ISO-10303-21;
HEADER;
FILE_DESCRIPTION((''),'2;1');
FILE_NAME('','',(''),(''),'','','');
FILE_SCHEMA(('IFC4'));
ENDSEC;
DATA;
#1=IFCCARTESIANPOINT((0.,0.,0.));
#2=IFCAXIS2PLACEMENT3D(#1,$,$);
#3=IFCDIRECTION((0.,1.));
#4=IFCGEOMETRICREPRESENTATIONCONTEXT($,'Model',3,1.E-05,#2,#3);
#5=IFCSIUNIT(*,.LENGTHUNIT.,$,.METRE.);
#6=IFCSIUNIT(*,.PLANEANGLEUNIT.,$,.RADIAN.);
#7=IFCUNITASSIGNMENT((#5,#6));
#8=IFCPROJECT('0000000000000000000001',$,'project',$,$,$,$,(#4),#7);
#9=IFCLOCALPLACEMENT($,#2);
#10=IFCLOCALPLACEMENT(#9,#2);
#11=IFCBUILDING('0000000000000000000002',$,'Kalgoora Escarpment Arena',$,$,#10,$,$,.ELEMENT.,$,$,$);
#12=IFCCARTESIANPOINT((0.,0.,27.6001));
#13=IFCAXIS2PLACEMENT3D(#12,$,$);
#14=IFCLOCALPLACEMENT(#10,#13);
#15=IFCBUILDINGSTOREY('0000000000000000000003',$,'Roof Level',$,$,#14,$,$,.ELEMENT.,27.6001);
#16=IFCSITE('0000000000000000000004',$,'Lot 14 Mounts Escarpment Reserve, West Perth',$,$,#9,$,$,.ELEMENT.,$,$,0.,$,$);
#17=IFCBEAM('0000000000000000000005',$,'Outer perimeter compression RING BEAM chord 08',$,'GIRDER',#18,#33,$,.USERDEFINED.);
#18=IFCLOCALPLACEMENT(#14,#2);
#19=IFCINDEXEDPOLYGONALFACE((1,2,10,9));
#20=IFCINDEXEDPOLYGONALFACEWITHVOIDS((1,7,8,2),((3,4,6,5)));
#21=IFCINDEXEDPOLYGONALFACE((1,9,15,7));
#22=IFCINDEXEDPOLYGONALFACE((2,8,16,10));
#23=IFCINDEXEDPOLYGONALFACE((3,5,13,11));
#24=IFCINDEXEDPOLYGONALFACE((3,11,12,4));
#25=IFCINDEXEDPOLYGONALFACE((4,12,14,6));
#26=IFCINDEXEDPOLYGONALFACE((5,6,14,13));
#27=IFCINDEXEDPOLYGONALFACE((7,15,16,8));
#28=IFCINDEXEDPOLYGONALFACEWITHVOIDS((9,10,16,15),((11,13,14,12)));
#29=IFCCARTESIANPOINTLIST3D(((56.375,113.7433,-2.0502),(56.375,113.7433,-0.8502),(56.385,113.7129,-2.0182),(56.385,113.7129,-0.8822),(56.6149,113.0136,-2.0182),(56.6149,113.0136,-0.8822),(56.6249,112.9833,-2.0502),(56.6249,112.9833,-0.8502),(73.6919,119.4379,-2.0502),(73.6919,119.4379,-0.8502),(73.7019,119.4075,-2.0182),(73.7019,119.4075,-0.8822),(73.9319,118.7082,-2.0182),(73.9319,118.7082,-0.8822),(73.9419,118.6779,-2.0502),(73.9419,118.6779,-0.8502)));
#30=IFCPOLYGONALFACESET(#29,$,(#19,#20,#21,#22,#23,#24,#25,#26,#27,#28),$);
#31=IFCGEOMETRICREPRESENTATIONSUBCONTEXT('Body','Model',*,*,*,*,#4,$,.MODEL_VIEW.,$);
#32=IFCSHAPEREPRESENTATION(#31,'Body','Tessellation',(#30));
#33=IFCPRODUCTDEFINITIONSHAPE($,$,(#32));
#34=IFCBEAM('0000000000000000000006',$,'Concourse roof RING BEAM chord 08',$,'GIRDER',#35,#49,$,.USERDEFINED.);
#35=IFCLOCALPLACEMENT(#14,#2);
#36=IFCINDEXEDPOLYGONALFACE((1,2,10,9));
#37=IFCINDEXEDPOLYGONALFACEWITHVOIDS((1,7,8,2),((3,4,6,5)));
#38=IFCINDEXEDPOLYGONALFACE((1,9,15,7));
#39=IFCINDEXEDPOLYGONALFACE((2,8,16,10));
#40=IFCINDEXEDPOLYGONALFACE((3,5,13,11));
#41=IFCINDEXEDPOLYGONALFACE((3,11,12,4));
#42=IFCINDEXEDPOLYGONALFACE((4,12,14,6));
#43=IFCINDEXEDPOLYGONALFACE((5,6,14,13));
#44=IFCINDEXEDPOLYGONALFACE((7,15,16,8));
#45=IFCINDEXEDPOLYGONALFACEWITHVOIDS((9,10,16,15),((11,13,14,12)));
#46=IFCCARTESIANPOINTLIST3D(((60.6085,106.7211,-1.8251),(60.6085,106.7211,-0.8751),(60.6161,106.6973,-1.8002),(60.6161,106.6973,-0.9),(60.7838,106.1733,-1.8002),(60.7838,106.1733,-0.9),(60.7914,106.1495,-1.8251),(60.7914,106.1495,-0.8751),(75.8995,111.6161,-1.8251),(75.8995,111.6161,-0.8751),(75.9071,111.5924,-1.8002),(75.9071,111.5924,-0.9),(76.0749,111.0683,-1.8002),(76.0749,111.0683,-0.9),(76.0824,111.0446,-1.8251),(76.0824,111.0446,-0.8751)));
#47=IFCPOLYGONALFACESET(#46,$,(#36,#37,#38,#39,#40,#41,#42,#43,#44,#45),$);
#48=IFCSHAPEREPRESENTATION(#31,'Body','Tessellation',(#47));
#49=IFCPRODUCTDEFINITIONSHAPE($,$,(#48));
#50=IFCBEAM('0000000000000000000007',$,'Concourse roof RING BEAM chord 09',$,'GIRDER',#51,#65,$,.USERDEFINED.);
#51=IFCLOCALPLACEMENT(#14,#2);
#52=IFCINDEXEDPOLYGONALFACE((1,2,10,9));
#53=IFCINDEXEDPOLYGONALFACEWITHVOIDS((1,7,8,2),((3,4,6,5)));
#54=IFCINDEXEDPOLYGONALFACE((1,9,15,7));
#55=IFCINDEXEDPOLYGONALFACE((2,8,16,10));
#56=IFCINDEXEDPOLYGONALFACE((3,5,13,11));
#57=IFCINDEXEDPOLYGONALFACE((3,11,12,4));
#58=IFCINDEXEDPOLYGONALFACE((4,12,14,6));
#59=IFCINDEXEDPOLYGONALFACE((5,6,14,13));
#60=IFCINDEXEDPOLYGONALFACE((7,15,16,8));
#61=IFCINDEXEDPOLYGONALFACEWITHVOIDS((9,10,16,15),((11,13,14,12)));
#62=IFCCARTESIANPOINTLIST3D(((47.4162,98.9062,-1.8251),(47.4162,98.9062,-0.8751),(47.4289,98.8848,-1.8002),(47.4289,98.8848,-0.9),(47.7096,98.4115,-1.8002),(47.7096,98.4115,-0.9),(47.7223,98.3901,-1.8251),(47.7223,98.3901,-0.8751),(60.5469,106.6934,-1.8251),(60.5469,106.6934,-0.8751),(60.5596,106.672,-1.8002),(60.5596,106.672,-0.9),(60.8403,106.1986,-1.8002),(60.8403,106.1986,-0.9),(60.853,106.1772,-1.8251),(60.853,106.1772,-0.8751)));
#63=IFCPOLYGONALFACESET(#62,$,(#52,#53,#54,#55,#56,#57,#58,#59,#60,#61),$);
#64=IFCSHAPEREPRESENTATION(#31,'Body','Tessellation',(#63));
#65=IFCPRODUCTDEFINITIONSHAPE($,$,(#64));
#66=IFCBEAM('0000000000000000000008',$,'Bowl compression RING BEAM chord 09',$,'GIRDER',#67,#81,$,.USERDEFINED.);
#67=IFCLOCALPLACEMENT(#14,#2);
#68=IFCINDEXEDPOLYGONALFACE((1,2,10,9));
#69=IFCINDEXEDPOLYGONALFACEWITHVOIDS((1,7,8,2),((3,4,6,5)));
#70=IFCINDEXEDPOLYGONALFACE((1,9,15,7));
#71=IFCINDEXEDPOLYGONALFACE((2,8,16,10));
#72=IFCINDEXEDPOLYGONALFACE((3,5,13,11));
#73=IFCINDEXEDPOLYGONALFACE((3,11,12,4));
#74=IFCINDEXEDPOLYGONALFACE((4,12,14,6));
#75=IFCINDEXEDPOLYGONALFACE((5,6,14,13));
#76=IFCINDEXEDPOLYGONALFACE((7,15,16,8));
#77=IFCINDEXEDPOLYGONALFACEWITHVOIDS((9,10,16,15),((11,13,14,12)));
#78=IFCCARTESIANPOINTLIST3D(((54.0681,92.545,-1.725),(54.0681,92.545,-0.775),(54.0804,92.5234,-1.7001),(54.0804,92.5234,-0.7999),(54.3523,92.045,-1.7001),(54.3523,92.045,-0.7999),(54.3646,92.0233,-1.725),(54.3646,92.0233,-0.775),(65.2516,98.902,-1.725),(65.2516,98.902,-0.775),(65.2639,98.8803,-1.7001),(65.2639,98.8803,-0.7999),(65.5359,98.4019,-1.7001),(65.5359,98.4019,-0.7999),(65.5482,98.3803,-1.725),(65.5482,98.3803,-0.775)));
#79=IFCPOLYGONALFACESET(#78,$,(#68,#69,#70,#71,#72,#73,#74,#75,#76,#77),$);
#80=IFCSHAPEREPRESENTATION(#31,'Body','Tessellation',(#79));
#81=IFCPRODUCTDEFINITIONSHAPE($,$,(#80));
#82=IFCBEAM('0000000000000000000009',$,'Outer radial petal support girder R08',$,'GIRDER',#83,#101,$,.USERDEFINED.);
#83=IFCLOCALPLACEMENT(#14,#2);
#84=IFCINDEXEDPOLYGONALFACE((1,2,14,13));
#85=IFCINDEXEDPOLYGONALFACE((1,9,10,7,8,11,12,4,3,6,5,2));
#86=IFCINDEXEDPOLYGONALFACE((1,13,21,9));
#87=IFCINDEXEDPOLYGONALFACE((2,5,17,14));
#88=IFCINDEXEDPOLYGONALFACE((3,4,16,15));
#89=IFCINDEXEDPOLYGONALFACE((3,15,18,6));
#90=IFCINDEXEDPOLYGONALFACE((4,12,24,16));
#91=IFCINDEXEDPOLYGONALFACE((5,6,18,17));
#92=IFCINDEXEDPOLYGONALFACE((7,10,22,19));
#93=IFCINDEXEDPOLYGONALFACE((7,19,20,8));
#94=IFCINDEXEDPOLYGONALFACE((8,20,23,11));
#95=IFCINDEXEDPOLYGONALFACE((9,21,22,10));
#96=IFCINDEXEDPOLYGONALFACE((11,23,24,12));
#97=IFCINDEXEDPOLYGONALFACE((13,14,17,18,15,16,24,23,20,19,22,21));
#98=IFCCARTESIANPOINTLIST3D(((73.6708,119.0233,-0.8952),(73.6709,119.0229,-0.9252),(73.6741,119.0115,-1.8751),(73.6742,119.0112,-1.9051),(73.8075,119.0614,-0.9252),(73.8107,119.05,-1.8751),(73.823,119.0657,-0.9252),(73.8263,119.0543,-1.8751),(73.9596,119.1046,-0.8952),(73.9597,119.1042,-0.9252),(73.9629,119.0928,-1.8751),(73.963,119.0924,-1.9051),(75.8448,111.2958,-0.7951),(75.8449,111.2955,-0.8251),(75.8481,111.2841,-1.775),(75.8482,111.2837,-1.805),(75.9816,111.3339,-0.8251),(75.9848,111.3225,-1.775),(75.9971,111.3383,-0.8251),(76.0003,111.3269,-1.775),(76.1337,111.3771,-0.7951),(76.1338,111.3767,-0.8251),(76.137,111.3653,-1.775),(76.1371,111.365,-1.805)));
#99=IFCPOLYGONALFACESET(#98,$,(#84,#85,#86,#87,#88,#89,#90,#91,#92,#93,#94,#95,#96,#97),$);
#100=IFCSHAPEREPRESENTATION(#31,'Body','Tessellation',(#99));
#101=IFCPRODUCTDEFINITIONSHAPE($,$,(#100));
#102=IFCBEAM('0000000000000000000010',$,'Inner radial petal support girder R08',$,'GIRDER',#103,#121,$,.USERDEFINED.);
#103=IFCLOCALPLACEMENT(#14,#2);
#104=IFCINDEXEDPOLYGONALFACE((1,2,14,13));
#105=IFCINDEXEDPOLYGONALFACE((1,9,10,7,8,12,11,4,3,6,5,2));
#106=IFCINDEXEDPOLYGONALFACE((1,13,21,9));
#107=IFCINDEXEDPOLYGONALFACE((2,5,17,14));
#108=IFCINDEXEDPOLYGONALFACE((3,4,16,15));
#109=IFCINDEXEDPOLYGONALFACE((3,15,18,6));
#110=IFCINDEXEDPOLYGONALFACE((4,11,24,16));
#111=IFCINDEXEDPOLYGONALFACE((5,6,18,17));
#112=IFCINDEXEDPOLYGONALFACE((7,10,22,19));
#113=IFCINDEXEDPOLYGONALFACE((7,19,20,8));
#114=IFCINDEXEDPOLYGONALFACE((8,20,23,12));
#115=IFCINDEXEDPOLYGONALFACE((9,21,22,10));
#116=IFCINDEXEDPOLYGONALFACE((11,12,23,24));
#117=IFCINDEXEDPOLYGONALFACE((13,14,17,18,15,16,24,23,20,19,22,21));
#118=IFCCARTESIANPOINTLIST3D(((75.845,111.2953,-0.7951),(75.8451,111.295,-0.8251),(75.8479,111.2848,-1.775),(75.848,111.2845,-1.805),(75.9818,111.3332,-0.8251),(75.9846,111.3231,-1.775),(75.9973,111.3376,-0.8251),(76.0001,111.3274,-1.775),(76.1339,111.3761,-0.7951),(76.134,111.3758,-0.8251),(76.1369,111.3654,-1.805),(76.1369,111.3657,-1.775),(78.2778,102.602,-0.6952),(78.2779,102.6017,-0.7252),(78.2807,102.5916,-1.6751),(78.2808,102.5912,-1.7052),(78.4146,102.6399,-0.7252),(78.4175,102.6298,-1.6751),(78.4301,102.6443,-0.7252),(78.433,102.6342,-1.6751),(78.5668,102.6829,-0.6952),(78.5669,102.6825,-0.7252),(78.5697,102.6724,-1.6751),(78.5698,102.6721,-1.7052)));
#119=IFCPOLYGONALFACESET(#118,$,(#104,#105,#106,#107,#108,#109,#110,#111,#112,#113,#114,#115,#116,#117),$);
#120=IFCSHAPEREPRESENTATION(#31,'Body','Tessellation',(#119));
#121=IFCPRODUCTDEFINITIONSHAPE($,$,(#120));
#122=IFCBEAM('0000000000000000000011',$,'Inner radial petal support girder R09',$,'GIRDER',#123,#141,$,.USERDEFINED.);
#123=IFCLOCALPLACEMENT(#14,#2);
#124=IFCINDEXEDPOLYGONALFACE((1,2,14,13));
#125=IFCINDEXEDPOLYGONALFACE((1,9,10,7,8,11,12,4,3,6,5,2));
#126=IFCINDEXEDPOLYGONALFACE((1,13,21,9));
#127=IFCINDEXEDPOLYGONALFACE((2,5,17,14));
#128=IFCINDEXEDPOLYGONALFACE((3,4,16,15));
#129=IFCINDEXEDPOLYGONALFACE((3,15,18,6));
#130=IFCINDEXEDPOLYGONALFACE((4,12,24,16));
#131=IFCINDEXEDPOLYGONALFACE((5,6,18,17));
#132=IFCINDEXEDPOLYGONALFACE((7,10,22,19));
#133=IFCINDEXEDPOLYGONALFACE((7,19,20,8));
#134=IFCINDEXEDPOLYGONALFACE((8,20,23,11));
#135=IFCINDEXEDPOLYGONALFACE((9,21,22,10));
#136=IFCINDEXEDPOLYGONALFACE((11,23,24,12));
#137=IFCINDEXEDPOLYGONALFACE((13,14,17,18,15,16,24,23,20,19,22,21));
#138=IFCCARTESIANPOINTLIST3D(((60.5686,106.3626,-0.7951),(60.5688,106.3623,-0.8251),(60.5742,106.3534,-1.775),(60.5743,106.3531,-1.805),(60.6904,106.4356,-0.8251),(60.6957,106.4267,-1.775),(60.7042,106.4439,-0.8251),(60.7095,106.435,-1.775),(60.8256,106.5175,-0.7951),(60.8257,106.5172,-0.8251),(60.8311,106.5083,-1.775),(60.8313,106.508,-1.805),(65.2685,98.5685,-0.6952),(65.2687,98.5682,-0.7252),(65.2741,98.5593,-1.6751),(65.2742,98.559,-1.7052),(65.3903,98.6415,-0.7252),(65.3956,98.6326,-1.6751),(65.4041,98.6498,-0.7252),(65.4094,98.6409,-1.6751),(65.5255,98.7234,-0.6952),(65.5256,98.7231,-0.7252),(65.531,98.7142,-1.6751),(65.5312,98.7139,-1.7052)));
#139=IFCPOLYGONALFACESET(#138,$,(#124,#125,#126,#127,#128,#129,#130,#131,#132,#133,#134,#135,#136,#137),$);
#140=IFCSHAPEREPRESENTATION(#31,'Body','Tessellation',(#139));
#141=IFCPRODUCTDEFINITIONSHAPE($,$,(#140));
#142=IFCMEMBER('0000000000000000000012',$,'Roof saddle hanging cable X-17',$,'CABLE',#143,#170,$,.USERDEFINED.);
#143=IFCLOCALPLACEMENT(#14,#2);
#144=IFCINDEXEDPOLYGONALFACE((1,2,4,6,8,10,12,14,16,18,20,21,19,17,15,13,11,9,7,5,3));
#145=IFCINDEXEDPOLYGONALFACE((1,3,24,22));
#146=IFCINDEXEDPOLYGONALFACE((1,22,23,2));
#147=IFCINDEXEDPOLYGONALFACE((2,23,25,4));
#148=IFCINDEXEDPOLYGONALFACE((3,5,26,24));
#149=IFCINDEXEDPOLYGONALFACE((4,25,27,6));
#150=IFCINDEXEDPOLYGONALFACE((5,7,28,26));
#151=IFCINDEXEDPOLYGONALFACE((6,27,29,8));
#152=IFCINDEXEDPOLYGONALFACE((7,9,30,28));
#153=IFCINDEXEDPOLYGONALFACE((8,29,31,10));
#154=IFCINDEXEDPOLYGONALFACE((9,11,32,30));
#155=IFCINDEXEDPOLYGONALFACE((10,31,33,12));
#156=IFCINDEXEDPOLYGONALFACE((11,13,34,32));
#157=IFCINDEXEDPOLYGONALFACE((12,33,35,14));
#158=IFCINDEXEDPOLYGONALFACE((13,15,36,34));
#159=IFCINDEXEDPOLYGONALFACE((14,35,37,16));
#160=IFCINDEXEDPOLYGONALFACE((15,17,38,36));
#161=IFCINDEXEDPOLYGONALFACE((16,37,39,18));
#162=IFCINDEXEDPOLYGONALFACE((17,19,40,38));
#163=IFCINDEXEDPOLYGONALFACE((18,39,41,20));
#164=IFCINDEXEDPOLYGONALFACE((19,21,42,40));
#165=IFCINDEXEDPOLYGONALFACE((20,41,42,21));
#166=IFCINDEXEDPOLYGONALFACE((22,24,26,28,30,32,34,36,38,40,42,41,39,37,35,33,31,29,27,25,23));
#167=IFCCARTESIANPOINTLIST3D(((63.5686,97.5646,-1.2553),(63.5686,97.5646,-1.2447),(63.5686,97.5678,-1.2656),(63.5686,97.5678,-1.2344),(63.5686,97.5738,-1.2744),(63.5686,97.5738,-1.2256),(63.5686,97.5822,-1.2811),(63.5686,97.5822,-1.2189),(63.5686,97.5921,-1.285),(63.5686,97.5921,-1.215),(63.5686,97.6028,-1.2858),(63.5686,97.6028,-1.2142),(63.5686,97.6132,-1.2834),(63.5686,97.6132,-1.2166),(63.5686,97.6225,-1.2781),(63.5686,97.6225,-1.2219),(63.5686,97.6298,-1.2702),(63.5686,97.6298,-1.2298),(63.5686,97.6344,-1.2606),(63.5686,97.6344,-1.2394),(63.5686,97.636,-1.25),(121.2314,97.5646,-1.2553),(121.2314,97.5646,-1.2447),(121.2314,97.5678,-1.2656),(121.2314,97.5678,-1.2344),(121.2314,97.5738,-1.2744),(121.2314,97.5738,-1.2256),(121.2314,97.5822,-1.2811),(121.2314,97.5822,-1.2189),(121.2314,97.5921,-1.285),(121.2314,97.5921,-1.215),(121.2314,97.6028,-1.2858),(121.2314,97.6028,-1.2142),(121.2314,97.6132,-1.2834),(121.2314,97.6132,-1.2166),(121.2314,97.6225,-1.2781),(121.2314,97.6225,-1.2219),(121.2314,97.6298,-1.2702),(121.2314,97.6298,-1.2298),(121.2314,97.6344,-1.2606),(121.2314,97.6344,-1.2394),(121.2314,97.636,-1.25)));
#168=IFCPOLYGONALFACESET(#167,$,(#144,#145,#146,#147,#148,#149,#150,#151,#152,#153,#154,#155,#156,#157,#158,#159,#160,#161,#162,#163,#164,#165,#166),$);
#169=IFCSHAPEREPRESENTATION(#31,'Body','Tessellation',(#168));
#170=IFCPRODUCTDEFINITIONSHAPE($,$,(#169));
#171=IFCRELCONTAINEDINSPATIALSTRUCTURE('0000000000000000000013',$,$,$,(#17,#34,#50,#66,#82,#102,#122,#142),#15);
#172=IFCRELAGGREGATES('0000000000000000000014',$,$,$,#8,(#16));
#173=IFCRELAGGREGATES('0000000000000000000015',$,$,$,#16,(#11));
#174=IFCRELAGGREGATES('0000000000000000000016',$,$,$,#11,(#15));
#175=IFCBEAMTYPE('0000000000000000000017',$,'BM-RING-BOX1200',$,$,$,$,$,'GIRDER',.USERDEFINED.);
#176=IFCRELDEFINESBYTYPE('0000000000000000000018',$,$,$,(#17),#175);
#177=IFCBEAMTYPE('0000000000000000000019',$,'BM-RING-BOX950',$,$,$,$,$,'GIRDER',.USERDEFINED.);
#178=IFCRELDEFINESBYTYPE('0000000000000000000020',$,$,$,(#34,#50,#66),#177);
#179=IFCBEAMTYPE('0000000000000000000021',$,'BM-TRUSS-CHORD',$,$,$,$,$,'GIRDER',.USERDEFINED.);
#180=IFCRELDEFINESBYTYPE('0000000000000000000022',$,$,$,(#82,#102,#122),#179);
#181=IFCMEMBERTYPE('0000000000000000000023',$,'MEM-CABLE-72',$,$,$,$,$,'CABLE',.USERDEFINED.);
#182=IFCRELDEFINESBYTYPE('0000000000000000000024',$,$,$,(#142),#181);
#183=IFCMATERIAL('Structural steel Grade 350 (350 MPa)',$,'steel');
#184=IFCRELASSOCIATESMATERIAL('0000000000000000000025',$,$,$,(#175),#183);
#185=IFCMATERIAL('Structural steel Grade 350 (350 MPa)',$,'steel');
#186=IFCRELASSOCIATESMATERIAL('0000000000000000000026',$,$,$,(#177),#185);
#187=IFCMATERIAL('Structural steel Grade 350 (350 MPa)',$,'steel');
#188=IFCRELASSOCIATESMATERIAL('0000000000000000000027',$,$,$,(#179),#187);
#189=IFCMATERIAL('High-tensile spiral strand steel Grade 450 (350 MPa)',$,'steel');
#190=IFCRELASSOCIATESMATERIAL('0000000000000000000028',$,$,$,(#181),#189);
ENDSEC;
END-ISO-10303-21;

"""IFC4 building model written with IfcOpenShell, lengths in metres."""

from ifc_helpers import new_model, si_unit, direction, frame, origin, origin_2d, place, context, subcontext, project, spatial, hollow_rectangle, circle, i_section, extrude, material, material_profile, profile_set, type_object, element, save


model = new_model("IFC4")

# Units and contexts
model_context = context("Model", 3, precision=1e-05, world=origin(), true_north=direction((0.0, 1.0)))
body_context = subcontext(model_context, "Body", "Model", "MODEL_VIEW")
ifc_project = project(units=[si_unit("LENGTHUNIT", "METRE"), si_unit("PLANEANGLEUNIT", "RADIAN")], contexts=[model_context])

# Site, building, storey
site_placement = place(None, origin())
site = spatial("IfcSite", under=ifc_project, at=site_placement, Name="Lot 14 Mounts Escarpment Reserve, West Perth", CompositionType="ELEMENT", RefElevation=0.0)
building_placement = place(site_placement, origin())
building = spatial("IfcBuilding", under=site, at=building_placement, Name="Kalgoora Escarpment Arena", CompositionType="ELEMENT")
storey_placement = place(building_placement, frame((0.0, 0.0, 27.6001)))
storey = spatial("IfcBuildingStorey", under=building, at=storey_placement, Name="Roof Level", CompositionType="ELEMENT", Elevation=27.6001)

# Beams
ifc_material_1 = material(Name="Structural steel Grade 350 (350 MPa)", Category="steel")
ifc_material_profile_1 = material_profile(ifc_material_1, hollow_rectangle(XDim=0.8, YDim=1.2, WallThickness=0.032, at=origin_2d()))
ifc_profile_set_1 = profile_set([ifc_material_profile_1], Name="Structural steel Grade 350 (350 MPa)")
beam_type_1 = type_object("IfcBeamType", Name="BM-RING-BOX1200", ElementType="GIRDER", PredefinedType="USERDEFINED", material=ifc_profile_set_1)
beam_1_placement = place(storey_placement, frame((73.8169, 119.0579, -1.4502), z_axis=(-0.949955, -0.312388, 0.0), x_axis=(0.312388, -0.949955, 0.0)))
element("IfcBeam", 1, at=beam_1_placement, inside=storey, type_object=beam_type_1, Name="Outer perimeter compression RING BEAM chord 08", ObjectType="GIRDER", PredefinedType="USERDEFINED", context=body_context, shape_type="SweptSolid", body=[
    extrude(hollow_rectangle(XDim=0.8, YDim=1.2, WallThickness=0.032, at=origin_2d()), origin(), (0.0, 0.0, 1.0), 18.2292),
])
ifc_material_2 = material(Name="Structural steel Grade 350 (350 MPa)", Category="steel")
ifc_material_profile_2 = material_profile(ifc_material_2, hollow_rectangle(XDim=0.6001, YDim=0.95, WallThickness=0.0249, at=origin_2d()))
ifc_profile_set_2 = profile_set([ifc_material_profile_2], Name="Structural steel Grade 350 (350 MPa)")
beam_type_2 = type_object("IfcBeamType", Name="BM-RING-BOX950", ElementType="GIRDER", PredefinedType="USERDEFINED", material=ifc_profile_set_2)
beam_2_placement = place(storey_placement, frame((75.991, 111.3303, -1.3501), z_axis=(-0.95239, -0.304883, 0.0), x_axis=(0.304883, -0.95239, 0.0)))
element("IfcBeam", 2, at=beam_2_placement, inside=storey, type_object=beam_type_2, Name="Concourse roof RING BEAM chord 08", ObjectType="GIRDER", PredefinedType="USERDEFINED", context=body_context, shape_type="SweptSolid", body=[
    extrude(hollow_rectangle(XDim=0.6001, YDim=0.95, WallThickness=0.0249, at=origin_2d()), origin(), (0.0, 0.0, 1.0), 16.0554),
])
beam_3_placement = place(storey_placement, frame((60.7, 106.4353, -1.3501), z_axis=(-0.860119, -0.510093, 0.0), x_axis=(0.510093, -0.860119, 0.0)))
element("IfcBeam", 3, at=beam_3_placement, inside=storey, type_object=beam_type_2, Name="Concourse roof RING BEAM chord 09", ObjectType="GIRDER", PredefinedType="USERDEFINED", context=body_context, shape_type="SweptSolid", body=[
    extrude(hollow_rectangle(XDim=0.6001, YDim=0.95, WallThickness=0.0249, at=origin_2d()), origin(), (0.0, 0.0, 1.0), 15.2661),
])
beam_4_placement = place(storey_placement, frame((65.3999, 98.6411, -1.25), z_axis=(-0.869369, -0.494163, 0.0), x_axis=(0.494163, -0.869369, 0.0)))
element("IfcBeam", 4, at=beam_4_placement, inside=storey, type_object=beam_type_2, Name="Bowl compression RING BEAM chord 09", ObjectType="GIRDER", PredefinedType="USERDEFINED", context=body_context, shape_type="SweptSolid", body=[
    extrude(hollow_rectangle(XDim=0.6001, YDim=0.95, WallThickness=0.0249, at=origin_2d()), origin(), (0.0, 0.0, 1.0), 12.864),
])
ifc_material_3 = material(Name="Structural steel Grade 350 (350 MPa)", Category="steel")
ifc_material_profile_3 = material_profile(ifc_material_3, i_section(OverallWidth=0.3, OverallDepth=1.01, WebThickness=0.0161, FlangeThickness=0.03, at=origin_2d()))
ifc_profile_set_3 = profile_set([ifc_material_profile_3], Name="Structural steel Grade 350 (350 MPa)")
beam_type_3 = type_object("IfcBeamType", Name="BM-TRUSS-CHORD", ElementType="GIRDER", PredefinedType="USERDEFINED", material=ifc_profile_set_3)
beam_5_placement = place(storey_placement, frame((73.8169, 119.0579, -1.4001), z_axis=(0.270806, -0.962553, 0.012468), x_axis=(0.962628, 0.270827, 0.0)))
element("IfcBeam", 5, at=beam_5_placement, inside=storey, type_object=beam_type_3, Name="Outer radial petal support girder R08", ObjectType="GIRDER", PredefinedType="USERDEFINED", context=body_context, shape_type="SweptSolid", body=[
    extrude(i_section(OverallWidth=0.3, OverallDepth=1.01, WebThickness=0.0161, FlangeThickness=0.03, at=origin_2d()), origin(), (0.0, 0.0, 1.0), 8.0281),
])
beam_6_placement = place(storey_placement, frame((75.991, 111.3303, -1.3), z_axis=(0.269482, -0.962942, 0.011061), x_axis=(0.963001, 0.269499, 0.0)))
element("IfcBeam", 6, at=beam_6_placement, inside=storey, type_object=beam_type_3, Name="Inner radial petal support girder R08", ObjectType="GIRDER", PredefinedType="USERDEFINED", context=body_context, shape_type="SweptSolid", body=[
    extrude(i_section(OverallWidth=0.3, OverallDepth=1.01, WebThickness=0.0161, FlangeThickness=0.03, at=origin_2d()), origin(), (0.0, 0.0, 1.0), 9.0278),
])
beam_7_placement = place(storey_placement, frame((60.7, 106.4353, -1.3), z_axis=(0.516357, -0.856303, 0.01097), x_axis=(0.856355, 0.516388, 0.0)))
element("IfcBeam", 7, at=beam_7_placement, inside=storey, type_object=beam_type_3, Name="Inner radial petal support girder R09", ObjectType="GIRDER", PredefinedType="USERDEFINED", context=body_context, shape_type="SweptSolid", body=[
    extrude(i_section(OverallWidth=0.3, OverallDepth=1.01, WebThickness=0.0161, FlangeThickness=0.03, at=origin_2d()), origin(), (0.0, 0.0, 1.0), 9.1021),
])

# Member
ifc_material_4 = material(Name="High-tensile spiral strand steel Grade 450 (350 MPa)", Category="steel")
ifc_material_profile_4 = material_profile(ifc_material_4, circle(Radius=0.0359, at=origin_2d()))
ifc_profile_set_4 = profile_set([ifc_material_profile_4], Name="High-tensile spiral strand steel Grade 450 (350 MPa)")
member_type_1 = type_object("IfcMemberType", Name="MEM-CABLE-72", ElementType="CABLE", PredefinedType="USERDEFINED", material=ifc_profile_set_4)
member_1_placement = place(storey_placement, frame((63.5686, 97.6001, -1.25), z_axis=(1.0, 0.0, 0.0), x_axis=(0.0, 1.0, 0.0)))
element("IfcMember", 8, at=member_1_placement, inside=storey, type_object=member_type_1, Name="Roof saddle hanging cable X-17", ObjectType="CABLE", PredefinedType="USERDEFINED", context=body_context, shape_type="SweptSolid", body=[
    extrude(circle(Radius=0.0359, at=origin_2d()), origin(), (0.0, 0.0, 1.0), 57.6628),
])

save(model, "model.ifc")
